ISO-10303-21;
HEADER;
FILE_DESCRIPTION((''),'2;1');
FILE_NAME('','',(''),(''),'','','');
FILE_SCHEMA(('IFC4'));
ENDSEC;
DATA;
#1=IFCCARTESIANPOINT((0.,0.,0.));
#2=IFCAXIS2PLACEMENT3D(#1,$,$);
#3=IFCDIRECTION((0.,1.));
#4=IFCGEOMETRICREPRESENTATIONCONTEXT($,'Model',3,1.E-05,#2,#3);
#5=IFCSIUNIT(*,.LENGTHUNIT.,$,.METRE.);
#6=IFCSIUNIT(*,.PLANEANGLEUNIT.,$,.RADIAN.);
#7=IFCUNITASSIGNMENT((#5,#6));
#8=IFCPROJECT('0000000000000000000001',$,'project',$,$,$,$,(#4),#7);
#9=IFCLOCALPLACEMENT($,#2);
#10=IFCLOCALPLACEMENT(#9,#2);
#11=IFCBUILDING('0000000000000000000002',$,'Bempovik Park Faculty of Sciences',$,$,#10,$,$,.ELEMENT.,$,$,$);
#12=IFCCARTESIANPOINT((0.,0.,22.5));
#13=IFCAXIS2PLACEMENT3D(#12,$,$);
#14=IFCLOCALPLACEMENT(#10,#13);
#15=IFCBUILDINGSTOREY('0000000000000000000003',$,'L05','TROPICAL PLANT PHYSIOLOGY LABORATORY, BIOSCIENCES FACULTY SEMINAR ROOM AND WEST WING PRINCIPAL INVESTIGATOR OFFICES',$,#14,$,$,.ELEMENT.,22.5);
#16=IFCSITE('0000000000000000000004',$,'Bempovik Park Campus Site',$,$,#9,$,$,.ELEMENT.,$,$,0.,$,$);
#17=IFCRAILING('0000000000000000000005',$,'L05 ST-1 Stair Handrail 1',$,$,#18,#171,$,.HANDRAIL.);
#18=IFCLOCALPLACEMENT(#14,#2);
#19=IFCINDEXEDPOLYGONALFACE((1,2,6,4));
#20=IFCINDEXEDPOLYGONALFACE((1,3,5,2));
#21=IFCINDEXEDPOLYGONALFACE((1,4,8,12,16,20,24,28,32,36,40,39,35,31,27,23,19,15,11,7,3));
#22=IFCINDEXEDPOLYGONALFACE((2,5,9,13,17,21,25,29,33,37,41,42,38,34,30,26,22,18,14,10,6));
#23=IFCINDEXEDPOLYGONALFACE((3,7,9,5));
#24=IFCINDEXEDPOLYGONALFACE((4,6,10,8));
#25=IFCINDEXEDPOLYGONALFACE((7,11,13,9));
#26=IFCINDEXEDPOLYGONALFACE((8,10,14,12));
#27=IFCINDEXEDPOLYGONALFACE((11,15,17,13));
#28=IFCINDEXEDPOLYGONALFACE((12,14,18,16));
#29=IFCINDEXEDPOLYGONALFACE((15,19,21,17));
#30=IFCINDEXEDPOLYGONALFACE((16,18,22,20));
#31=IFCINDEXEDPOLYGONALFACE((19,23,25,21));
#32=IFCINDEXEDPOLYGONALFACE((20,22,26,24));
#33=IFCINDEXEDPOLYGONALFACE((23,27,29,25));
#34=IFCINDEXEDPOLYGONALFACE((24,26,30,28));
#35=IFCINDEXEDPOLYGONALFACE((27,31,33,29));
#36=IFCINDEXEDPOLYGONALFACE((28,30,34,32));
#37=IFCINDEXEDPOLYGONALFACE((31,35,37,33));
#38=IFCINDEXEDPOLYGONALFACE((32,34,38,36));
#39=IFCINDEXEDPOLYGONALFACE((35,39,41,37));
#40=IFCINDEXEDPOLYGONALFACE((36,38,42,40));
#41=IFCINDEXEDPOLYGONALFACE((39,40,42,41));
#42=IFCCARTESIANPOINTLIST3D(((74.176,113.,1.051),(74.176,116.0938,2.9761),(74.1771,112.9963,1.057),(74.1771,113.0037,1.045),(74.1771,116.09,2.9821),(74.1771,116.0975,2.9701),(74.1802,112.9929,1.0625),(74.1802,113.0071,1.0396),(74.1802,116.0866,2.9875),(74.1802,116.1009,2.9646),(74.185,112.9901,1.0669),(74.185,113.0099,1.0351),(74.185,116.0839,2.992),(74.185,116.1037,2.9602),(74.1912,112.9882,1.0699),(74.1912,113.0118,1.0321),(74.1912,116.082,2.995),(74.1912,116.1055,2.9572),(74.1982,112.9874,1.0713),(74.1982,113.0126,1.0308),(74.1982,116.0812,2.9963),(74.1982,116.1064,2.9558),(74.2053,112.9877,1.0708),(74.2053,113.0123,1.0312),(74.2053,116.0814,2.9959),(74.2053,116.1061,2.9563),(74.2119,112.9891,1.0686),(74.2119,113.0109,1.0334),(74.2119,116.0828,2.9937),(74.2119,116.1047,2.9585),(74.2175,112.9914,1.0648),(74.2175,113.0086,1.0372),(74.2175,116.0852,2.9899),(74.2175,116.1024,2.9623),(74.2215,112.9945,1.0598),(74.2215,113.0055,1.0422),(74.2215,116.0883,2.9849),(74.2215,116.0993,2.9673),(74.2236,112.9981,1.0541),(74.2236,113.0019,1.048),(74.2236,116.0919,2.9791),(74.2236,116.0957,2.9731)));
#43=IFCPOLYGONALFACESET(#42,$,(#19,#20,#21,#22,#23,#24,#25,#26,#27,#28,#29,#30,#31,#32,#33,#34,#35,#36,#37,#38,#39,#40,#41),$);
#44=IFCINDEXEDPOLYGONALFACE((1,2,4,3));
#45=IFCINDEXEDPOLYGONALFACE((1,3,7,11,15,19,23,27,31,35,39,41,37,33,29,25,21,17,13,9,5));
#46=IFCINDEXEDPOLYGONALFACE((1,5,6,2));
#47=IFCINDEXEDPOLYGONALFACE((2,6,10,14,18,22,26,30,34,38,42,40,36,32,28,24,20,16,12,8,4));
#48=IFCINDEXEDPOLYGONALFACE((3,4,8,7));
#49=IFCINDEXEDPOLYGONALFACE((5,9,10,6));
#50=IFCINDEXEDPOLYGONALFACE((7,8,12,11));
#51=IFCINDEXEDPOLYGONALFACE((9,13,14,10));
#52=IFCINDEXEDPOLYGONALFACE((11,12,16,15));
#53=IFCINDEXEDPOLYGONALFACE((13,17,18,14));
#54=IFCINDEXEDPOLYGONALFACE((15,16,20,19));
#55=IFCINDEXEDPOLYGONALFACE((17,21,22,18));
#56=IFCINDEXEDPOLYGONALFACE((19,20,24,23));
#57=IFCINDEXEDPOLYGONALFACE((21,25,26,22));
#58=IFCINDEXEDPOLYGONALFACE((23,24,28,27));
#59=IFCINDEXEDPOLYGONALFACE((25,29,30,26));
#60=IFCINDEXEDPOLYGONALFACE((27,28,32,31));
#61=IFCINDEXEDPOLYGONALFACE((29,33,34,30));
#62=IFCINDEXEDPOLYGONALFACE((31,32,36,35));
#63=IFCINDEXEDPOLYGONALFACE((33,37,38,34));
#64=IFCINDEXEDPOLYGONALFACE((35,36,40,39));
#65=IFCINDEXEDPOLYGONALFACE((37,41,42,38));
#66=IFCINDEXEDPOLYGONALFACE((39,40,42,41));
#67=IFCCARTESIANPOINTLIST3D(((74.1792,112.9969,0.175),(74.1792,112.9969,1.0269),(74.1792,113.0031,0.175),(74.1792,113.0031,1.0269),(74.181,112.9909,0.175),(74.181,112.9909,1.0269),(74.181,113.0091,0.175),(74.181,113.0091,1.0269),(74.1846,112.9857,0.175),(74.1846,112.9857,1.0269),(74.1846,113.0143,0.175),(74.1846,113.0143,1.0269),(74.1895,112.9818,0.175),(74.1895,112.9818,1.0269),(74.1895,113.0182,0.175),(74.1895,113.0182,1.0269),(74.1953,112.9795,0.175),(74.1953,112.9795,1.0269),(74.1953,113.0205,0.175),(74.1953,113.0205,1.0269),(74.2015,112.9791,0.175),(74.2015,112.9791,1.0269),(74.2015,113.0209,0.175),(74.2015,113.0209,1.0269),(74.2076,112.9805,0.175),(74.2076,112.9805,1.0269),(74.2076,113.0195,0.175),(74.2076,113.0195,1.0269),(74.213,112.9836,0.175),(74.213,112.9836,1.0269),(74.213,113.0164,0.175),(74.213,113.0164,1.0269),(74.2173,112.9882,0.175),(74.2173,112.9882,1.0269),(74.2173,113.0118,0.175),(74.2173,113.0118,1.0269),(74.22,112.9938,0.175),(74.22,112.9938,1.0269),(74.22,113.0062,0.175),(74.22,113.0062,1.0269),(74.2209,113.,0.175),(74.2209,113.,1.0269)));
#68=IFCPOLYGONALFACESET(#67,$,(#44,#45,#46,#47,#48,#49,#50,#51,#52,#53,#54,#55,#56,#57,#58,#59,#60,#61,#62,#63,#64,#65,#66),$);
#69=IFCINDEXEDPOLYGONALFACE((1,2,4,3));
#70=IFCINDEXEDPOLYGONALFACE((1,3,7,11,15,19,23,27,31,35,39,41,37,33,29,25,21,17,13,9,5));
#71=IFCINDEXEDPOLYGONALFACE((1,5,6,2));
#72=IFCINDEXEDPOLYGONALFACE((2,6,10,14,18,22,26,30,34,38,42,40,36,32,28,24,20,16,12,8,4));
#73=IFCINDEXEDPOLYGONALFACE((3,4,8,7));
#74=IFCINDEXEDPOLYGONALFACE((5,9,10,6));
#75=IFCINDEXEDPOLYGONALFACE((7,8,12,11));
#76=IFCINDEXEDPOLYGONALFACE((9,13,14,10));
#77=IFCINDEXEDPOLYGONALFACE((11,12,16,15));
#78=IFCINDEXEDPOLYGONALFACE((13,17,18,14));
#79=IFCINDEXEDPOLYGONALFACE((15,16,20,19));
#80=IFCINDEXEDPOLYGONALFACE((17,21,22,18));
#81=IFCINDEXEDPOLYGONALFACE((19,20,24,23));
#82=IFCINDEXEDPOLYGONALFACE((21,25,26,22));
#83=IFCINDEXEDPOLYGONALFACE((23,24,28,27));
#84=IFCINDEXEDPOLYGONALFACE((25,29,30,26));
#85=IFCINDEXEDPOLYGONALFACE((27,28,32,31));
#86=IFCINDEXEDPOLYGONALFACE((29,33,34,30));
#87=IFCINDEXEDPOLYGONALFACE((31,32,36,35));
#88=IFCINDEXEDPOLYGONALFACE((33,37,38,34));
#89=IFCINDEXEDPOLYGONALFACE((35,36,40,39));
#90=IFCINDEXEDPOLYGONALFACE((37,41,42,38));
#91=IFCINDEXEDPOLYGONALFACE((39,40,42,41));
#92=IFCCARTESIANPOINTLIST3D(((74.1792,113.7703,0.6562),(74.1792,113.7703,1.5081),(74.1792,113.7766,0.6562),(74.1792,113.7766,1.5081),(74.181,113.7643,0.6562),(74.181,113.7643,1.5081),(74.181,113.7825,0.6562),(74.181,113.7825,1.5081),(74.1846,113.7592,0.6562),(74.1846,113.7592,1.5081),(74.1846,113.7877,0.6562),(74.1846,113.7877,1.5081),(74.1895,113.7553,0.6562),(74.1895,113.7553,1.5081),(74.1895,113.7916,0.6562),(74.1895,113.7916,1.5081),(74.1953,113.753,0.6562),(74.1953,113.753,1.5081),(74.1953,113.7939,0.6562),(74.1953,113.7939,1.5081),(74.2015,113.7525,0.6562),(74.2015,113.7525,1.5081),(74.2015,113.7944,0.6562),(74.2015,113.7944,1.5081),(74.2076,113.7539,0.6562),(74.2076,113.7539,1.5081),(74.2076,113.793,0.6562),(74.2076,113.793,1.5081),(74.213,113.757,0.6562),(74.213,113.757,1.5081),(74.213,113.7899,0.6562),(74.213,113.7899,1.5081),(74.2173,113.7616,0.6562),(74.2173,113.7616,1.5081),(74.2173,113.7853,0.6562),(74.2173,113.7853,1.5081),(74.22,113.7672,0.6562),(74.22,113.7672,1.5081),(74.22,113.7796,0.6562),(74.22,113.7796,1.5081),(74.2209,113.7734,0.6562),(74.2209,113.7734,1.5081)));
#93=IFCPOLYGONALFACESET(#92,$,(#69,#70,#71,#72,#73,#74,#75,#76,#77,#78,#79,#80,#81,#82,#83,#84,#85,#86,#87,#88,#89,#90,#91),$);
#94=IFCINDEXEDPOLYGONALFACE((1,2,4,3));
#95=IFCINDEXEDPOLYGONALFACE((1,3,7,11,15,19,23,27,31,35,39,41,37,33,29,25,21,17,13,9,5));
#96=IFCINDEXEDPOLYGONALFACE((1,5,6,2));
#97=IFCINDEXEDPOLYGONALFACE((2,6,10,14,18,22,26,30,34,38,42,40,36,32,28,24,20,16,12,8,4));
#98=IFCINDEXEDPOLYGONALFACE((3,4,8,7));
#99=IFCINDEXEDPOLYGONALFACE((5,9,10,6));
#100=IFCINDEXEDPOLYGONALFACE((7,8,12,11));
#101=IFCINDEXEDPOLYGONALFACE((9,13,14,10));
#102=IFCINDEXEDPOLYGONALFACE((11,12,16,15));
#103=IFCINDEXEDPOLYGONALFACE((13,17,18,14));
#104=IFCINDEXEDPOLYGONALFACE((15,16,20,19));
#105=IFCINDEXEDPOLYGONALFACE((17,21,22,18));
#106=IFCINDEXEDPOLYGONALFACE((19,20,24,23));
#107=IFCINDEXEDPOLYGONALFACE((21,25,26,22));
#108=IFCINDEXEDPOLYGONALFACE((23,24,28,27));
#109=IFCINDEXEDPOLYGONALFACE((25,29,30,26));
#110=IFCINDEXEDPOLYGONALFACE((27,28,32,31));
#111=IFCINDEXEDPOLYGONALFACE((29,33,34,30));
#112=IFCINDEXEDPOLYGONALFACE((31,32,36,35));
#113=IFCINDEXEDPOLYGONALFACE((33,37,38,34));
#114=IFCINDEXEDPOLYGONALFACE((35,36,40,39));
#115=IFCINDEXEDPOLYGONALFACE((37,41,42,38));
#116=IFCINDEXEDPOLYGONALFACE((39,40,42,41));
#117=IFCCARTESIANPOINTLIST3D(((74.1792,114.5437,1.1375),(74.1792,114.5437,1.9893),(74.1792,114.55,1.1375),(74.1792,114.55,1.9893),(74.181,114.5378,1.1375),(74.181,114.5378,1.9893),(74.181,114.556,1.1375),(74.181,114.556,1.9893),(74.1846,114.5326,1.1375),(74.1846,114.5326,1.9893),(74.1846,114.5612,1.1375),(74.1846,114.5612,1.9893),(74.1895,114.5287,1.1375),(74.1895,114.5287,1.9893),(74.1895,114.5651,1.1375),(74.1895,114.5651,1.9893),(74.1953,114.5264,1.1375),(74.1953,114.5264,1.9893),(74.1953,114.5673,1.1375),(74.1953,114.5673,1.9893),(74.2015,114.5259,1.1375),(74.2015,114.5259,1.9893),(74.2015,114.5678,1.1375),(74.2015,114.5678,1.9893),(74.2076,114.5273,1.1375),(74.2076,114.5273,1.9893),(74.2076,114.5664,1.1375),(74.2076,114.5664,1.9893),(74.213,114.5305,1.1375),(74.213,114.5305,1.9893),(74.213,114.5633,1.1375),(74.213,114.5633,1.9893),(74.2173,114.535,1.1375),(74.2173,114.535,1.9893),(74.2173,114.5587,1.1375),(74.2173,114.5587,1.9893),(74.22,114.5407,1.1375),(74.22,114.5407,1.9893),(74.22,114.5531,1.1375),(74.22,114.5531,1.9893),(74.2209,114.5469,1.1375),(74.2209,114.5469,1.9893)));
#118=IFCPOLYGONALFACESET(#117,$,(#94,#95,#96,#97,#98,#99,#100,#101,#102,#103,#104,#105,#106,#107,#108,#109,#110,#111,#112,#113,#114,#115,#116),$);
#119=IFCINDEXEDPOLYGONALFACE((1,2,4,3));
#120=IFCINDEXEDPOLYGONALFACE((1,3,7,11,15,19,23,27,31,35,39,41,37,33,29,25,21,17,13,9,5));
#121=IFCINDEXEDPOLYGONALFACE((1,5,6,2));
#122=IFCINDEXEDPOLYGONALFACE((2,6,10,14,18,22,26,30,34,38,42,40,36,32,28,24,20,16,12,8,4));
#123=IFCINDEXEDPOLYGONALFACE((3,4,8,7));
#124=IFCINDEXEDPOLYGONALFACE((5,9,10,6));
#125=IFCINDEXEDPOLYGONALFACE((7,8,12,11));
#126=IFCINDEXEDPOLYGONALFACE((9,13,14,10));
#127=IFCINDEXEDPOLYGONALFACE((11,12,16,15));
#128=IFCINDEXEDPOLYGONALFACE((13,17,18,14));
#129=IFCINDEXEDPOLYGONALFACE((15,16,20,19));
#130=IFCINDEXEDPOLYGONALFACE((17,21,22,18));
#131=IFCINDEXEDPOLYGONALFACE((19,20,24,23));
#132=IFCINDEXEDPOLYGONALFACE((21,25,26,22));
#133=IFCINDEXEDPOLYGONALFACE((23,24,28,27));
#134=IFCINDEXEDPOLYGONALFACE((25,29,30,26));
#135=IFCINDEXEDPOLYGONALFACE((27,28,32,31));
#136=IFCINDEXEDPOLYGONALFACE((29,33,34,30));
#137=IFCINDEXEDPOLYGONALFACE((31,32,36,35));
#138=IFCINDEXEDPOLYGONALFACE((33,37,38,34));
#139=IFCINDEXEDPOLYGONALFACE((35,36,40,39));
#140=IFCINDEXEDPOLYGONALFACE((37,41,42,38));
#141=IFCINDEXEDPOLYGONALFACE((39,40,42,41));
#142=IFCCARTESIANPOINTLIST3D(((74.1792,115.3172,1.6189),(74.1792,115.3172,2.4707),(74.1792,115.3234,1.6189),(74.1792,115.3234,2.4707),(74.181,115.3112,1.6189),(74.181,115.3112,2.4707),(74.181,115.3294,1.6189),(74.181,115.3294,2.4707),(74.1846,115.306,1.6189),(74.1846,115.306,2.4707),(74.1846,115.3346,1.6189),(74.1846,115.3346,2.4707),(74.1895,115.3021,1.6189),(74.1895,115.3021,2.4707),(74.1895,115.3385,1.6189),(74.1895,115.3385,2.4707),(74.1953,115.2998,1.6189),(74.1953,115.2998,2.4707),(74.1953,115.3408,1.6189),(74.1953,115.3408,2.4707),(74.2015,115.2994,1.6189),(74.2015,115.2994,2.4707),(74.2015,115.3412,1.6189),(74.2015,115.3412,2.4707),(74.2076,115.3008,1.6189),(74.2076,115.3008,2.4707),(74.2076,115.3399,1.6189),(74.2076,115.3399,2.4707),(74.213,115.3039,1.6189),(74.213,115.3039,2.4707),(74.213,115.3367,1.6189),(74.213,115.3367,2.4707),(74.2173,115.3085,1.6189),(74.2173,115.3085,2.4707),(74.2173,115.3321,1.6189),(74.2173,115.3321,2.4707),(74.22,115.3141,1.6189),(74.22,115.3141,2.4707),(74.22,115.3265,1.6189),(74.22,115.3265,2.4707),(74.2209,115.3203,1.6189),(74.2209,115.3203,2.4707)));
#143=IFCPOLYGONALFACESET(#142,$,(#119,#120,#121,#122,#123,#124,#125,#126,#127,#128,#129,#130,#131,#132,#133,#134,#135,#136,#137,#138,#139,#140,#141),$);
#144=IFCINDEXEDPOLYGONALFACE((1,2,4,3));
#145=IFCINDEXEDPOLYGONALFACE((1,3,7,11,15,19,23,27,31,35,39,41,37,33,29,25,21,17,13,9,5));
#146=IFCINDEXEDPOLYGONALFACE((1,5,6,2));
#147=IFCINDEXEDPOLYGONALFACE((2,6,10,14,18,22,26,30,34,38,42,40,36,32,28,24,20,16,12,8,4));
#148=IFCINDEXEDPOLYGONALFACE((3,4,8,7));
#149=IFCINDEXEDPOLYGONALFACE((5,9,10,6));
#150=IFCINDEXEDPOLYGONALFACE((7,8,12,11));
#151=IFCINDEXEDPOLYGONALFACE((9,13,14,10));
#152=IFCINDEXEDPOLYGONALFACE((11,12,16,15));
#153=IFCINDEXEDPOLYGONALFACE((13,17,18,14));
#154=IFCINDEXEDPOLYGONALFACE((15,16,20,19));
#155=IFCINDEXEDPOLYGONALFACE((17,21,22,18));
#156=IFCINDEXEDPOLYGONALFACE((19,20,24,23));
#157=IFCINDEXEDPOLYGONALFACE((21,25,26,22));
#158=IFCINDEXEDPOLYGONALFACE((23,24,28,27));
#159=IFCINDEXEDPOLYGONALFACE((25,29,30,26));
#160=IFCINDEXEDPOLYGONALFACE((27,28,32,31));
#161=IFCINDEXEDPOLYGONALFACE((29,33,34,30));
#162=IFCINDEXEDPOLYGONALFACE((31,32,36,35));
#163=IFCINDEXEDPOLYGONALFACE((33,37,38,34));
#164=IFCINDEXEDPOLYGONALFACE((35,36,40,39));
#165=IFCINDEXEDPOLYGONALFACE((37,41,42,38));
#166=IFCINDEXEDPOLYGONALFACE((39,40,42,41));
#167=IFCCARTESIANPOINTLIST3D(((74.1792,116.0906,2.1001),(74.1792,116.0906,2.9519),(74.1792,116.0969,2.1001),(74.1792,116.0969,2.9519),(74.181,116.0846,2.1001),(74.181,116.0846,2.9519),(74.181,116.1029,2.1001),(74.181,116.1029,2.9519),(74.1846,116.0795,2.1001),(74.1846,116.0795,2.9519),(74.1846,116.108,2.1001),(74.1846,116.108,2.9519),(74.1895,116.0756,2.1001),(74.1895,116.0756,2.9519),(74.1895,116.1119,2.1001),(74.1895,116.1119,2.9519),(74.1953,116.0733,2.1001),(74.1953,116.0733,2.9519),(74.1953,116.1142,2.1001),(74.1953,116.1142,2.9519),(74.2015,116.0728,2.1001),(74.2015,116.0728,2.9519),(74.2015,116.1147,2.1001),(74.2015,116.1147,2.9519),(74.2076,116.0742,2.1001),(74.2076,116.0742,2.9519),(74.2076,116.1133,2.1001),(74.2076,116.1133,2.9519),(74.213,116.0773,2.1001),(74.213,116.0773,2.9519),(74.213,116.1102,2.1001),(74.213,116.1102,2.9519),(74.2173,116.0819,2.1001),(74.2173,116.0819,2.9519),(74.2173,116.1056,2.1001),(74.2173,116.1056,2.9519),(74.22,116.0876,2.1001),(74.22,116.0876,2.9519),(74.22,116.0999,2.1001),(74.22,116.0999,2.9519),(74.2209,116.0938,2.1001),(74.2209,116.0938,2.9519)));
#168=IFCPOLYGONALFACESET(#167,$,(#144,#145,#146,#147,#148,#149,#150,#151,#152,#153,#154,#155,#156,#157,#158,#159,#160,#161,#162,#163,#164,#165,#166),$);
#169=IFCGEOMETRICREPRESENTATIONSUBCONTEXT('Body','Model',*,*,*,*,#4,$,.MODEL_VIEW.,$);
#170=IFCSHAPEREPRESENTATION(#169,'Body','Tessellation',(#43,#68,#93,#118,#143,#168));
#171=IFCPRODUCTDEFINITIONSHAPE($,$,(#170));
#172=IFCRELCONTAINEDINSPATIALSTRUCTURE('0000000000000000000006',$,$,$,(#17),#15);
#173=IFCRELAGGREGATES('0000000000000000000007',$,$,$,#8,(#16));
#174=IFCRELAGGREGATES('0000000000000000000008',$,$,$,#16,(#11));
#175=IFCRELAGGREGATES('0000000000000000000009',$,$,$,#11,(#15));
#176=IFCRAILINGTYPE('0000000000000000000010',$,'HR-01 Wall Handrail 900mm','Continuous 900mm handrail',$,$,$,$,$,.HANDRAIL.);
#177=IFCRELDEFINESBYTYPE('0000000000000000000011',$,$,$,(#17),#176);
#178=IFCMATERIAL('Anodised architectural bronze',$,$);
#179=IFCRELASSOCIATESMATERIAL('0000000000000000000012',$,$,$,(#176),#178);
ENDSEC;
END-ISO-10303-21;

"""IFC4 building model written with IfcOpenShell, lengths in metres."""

from ifc_helpers import new_model, si_unit, direction, frame, origin, origin_2d, place, context, subcontext, project, spatial, circle, extrude, material, type_object, element, save


model = new_model("IFC4")

# Units and contexts
model_context = context("Model", 3, precision=1e-05, world=origin(), true_north=direction((0.0, 1.0)))
body_context = subcontext(model_context, "Body", "Model", "MODEL_VIEW")
ifc_project = project(units=[si_unit("LENGTHUNIT", "METRE"), si_unit("PLANEANGLEUNIT", "RADIAN")], contexts=[model_context])

# Site, building, storey
site_placement = place(None, origin())
site = spatial("IfcSite", under=ifc_project, at=site_placement, Name="Bempovik Park Campus Site", CompositionType="ELEMENT", RefElevation=0.0)
building_placement = place(site_placement, origin())
building = spatial("IfcBuilding", under=site, at=building_placement, Name="Bempovik Park Faculty of Sciences", CompositionType="ELEMENT")
storey_placement = place(building_placement, frame((0.0, 0.0, 22.5)))
storey = spatial("IfcBuildingStorey", under=building, at=storey_placement, Name="L05", Description="TROPICAL PLANT PHYSIOLOGY LABORATORY, BIOSCIENCES FACULTY SEMINAR ROOM AND WEST WING PRINCIPAL INVESTIGATOR OFFICES", CompositionType="ELEMENT", Elevation=22.5)

# Railing
ifc_material_1 = material(Name="Anodised architectural bronze")
railing_type_1 = type_object("IfcRailingType", Name="HR-01 Wall Handrail 900mm", Description="Continuous 900mm handrail", PredefinedType="HANDRAIL", material=ifc_material_1)
railing_1_placement = place(storey_placement, frame((74.2, 113.0, 0.175)))
element("IfcRailing", 1, at=railing_1_placement, inside=storey, type_object=railing_type_1, Name="L05 ST-1 Stair Handrail 1", PredefinedType="HANDRAIL", context=body_context, shape_type="SweptSolid", body=[
    extrude(circle(Radius=0.0239, at=origin_2d()), frame((0.0, 0.0, 0.876), z_axis=(0.0, 0.849051, 0.528312), x_axis=(-1.0, 0.0, 0.0)), (0.0, 0.0, 1.0), 3.6438),
    extrude(circle(Radius=0.021, at=origin_2d()), origin(), (0.0, 0.0, 1.0), 0.8518),
    extrude(circle(Radius=0.021, at=origin_2d()), frame((0.0, 0.7734, 0.4812)), (0.0, 0.0, 1.0), 0.8518),
    extrude(circle(Radius=0.021, at=origin_2d()), frame((0.0, 1.5469, 0.9624)), (0.0, 0.0, 1.0), 0.8518),
    extrude(circle(Radius=0.021, at=origin_2d()), frame((0.0, 2.3203, 1.4438)), (0.0, 0.0, 1.0), 0.8518),
    extrude(circle(Radius=0.021, at=origin_2d()), frame((0.0, 3.0938, 1.925)), (0.0, 0.0, 1.0), 0.8518),
])

save(model, "model.ifc")
